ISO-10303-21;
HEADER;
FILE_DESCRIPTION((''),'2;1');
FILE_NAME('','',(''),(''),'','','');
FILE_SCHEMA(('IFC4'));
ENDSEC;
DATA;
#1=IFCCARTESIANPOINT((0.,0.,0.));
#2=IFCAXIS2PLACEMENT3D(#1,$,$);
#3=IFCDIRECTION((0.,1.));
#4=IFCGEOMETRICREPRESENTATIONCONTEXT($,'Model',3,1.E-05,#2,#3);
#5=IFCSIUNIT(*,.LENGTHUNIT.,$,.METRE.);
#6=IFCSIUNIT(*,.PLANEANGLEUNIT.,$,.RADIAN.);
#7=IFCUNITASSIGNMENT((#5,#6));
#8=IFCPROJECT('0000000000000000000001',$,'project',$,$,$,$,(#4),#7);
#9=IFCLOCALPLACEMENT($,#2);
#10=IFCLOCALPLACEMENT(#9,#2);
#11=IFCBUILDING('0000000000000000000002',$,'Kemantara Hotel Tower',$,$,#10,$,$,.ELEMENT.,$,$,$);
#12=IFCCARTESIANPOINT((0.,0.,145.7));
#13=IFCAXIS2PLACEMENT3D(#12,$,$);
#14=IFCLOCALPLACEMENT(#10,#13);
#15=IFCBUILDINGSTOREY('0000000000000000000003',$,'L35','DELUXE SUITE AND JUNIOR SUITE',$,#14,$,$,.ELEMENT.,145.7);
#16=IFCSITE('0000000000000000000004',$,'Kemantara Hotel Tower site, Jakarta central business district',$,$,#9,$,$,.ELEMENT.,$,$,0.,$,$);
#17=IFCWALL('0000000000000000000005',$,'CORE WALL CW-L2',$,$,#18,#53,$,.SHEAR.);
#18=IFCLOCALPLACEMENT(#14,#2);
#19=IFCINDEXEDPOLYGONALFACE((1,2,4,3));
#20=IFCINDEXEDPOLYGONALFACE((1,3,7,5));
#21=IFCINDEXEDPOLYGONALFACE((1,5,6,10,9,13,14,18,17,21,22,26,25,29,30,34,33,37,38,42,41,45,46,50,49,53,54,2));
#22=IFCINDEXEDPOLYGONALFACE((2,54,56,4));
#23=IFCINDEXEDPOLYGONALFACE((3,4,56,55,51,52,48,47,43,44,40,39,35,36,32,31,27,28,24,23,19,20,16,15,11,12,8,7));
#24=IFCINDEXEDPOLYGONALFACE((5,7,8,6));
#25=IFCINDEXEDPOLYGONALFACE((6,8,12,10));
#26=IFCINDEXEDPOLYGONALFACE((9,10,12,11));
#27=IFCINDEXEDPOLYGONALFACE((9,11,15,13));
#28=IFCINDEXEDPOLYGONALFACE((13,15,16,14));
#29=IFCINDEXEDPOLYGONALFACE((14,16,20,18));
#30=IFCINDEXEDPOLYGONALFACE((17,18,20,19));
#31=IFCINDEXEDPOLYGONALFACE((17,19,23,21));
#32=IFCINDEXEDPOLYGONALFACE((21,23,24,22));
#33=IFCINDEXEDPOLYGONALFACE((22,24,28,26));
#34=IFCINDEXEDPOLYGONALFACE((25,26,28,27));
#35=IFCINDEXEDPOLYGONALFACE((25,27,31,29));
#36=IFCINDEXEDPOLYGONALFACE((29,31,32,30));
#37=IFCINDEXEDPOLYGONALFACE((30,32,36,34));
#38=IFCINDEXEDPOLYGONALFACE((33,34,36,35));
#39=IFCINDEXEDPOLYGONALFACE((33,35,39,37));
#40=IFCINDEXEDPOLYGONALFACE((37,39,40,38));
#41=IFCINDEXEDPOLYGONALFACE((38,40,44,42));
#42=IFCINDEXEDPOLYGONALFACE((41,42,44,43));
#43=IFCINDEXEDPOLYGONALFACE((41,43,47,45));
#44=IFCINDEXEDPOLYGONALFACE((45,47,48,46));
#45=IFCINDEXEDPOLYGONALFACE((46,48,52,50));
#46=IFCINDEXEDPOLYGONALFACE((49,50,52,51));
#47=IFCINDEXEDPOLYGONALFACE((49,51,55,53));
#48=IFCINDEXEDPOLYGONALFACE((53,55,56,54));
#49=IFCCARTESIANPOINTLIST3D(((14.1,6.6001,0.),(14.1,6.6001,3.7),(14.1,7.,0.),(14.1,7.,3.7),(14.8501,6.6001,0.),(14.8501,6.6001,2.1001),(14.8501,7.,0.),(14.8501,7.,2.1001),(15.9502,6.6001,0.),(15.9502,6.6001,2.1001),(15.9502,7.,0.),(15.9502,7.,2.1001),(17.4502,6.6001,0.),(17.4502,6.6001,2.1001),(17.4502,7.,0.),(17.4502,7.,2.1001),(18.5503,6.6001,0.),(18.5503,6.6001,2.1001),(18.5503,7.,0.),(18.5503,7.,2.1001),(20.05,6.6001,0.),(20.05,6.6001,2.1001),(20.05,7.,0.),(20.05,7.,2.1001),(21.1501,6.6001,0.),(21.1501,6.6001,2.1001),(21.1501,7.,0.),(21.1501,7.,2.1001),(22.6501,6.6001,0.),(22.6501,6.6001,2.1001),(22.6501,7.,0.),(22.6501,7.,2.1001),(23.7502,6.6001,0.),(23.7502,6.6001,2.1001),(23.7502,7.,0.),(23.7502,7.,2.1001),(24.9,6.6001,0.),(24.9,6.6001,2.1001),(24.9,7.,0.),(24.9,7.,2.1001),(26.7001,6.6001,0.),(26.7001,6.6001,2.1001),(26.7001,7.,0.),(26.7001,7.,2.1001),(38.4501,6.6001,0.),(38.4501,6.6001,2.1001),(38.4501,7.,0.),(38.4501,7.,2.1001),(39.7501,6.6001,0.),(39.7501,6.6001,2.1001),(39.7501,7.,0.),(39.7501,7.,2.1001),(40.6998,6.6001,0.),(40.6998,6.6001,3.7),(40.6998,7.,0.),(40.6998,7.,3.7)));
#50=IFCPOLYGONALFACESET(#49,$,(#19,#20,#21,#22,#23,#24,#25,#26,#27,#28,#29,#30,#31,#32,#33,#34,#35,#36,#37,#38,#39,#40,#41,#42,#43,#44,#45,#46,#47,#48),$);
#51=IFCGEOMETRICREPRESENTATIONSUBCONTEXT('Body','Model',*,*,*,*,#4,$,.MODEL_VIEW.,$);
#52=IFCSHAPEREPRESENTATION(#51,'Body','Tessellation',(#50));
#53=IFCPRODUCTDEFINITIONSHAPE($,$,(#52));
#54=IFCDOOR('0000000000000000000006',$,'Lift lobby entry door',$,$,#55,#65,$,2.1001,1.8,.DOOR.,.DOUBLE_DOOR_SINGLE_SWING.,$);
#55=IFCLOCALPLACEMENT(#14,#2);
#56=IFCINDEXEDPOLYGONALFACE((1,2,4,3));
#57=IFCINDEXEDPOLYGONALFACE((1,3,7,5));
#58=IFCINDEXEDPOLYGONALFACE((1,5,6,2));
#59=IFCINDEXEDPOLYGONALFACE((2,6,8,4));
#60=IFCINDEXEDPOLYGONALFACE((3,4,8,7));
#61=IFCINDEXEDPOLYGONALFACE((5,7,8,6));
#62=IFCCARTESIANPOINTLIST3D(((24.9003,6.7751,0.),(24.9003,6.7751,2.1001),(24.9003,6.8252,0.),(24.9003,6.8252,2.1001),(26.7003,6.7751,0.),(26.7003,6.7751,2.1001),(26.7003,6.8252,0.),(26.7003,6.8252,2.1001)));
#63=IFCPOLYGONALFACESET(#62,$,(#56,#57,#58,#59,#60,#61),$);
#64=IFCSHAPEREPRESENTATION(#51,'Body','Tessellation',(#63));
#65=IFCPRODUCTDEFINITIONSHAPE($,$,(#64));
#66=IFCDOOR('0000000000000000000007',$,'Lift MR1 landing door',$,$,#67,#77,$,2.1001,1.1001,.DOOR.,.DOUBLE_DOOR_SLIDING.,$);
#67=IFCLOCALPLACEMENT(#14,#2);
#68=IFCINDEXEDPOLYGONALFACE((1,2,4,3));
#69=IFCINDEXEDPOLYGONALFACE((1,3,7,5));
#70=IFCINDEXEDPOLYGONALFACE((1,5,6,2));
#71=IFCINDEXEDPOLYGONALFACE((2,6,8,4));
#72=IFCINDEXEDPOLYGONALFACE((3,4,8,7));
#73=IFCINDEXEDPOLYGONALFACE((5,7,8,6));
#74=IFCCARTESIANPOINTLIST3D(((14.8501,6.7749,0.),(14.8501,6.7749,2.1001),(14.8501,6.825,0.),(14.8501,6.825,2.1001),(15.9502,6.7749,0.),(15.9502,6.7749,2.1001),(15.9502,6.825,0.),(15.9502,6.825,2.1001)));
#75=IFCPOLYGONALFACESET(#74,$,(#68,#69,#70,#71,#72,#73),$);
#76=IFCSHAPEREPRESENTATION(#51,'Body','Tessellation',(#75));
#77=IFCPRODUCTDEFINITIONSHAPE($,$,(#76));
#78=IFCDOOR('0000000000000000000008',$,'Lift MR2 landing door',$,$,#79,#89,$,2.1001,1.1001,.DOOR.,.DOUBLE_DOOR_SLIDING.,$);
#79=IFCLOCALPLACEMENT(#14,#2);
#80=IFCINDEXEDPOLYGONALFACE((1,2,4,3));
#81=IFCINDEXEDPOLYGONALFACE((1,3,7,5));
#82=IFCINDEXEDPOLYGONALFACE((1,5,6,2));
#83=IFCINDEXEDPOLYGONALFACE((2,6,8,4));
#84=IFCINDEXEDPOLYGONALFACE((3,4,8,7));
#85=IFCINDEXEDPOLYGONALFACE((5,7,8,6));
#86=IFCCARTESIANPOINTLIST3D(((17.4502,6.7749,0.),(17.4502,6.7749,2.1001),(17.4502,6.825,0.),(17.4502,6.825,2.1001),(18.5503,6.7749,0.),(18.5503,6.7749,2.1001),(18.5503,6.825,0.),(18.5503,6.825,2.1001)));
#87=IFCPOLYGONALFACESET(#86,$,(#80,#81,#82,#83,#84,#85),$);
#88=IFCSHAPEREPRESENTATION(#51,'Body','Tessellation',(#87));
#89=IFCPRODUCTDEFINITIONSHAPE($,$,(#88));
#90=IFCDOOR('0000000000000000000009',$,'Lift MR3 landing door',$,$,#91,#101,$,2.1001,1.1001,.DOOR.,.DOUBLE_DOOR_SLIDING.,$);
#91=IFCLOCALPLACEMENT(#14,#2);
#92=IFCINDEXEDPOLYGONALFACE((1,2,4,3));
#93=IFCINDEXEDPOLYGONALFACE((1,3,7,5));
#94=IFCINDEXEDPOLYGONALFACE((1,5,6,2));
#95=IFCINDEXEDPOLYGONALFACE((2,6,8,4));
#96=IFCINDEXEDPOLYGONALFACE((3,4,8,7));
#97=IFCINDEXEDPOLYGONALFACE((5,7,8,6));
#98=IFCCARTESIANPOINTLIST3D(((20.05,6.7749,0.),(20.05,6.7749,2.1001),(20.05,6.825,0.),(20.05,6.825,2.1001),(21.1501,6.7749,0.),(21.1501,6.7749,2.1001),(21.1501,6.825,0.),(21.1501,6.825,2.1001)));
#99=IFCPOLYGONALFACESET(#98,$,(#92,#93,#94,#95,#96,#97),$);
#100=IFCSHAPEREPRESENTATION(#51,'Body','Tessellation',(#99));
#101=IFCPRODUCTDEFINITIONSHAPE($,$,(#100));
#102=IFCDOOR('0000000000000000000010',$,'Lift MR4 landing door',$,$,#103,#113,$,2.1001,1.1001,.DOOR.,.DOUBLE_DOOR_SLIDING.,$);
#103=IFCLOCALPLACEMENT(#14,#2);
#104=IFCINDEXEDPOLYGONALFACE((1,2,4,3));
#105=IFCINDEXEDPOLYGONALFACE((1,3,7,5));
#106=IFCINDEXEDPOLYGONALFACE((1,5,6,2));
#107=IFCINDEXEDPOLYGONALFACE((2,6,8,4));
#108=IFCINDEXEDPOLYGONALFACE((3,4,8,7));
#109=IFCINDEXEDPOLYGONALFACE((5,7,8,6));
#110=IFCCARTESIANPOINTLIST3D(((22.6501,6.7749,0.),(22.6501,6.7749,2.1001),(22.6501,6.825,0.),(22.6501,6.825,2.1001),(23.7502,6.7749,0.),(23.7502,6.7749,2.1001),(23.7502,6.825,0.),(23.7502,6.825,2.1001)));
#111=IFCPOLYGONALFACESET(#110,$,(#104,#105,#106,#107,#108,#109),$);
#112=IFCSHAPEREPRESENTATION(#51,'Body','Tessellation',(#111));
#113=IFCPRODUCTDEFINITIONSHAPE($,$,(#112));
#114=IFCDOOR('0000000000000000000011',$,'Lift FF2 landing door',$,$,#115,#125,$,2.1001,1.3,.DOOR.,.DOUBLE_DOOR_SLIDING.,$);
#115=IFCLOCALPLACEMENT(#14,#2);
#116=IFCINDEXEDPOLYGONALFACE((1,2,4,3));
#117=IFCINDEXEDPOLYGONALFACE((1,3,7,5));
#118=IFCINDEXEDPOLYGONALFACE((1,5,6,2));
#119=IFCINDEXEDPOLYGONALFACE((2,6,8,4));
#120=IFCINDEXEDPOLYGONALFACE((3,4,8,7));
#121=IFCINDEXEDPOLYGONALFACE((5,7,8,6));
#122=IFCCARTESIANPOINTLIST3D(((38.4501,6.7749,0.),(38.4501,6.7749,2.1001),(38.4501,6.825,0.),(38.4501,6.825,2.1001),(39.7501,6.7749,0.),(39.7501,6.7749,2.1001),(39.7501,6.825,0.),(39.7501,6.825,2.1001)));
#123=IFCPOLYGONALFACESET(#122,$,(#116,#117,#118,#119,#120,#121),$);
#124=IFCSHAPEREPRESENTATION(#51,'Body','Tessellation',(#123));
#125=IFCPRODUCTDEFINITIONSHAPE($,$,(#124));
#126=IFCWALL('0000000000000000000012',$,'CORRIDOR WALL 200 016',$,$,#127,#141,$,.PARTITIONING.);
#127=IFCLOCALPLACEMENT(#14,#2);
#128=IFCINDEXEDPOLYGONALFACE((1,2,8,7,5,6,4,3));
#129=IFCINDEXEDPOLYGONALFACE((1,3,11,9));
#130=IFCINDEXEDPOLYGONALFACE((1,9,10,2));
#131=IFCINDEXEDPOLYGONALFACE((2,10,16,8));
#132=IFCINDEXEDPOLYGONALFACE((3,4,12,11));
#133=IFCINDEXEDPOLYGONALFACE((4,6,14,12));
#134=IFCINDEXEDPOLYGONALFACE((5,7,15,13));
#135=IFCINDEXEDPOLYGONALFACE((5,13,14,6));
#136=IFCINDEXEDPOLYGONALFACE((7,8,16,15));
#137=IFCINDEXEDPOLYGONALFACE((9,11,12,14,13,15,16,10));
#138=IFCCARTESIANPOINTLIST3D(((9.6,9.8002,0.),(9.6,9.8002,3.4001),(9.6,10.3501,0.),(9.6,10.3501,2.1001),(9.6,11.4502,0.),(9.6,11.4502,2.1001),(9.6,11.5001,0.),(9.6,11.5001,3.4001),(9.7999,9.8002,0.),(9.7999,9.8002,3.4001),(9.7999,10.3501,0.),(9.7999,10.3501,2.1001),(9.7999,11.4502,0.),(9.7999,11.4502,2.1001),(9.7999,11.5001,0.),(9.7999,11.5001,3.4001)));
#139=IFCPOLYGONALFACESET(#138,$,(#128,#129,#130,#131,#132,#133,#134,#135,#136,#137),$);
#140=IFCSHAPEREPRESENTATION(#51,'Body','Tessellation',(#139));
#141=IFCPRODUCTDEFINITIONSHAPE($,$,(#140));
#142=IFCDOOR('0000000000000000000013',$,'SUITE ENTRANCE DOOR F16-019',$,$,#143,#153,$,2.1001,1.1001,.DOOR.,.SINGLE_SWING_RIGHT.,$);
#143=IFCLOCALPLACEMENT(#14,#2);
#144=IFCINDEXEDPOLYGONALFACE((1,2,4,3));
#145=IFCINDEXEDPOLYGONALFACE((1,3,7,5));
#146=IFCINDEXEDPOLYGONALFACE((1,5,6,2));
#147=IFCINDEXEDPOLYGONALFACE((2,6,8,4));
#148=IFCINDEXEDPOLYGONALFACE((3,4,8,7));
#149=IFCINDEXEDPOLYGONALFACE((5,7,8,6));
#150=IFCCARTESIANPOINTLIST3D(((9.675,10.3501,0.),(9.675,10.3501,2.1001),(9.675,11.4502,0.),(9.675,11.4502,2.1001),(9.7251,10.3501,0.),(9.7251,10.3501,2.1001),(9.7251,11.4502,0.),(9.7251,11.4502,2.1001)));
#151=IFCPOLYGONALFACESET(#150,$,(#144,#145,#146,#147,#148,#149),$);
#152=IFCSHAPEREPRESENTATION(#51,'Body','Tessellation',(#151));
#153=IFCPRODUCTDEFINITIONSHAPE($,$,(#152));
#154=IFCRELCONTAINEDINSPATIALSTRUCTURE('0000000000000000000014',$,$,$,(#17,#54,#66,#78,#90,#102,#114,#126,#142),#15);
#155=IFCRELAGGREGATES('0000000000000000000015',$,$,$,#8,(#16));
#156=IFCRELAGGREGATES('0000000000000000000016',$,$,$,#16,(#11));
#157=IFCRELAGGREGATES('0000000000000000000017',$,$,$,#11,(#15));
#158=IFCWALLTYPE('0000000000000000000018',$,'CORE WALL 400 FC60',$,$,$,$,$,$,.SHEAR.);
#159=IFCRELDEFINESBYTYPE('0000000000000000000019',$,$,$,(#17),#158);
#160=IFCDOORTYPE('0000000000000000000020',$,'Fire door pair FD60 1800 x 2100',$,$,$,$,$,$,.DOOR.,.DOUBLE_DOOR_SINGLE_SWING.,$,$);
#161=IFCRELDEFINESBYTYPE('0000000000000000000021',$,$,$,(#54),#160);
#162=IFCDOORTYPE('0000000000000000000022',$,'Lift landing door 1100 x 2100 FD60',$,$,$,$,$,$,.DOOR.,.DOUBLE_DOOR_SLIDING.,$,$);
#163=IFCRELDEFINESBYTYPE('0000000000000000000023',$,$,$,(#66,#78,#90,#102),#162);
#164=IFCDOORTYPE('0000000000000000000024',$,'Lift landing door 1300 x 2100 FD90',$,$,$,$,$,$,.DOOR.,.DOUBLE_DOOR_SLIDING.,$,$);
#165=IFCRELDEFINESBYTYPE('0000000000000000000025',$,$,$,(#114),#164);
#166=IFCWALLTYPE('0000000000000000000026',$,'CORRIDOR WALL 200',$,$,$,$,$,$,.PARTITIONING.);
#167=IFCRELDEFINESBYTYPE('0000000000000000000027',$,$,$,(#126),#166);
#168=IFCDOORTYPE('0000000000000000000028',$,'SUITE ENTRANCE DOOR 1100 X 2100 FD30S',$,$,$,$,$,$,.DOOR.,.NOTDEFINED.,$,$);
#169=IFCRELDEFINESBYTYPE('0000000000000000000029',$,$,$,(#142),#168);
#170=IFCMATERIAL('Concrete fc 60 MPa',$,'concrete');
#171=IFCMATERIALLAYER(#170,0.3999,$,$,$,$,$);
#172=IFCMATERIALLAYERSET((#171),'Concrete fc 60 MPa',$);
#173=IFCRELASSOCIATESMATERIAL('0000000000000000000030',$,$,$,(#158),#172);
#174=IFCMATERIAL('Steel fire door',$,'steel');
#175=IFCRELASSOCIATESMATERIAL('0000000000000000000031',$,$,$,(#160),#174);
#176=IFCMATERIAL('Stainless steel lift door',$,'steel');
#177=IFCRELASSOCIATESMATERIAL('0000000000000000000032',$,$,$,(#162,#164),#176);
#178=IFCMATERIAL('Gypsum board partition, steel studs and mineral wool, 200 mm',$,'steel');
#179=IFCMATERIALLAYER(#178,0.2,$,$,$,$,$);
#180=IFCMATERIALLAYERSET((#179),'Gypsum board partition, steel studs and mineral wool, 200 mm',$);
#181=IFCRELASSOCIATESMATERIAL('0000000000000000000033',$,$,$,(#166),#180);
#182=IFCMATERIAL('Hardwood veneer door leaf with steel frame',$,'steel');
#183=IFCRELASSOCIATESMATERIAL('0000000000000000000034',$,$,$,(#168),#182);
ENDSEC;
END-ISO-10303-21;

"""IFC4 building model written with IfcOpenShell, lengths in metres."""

from ifc_helpers import new_model, si_unit, direction, frame, frame_2d, origin, place, context, subcontext, project, spatial, rectangle, extrude, material, layer, layer_set, type_object, element, fill, save


model = new_model("IFC4")

# Units and contexts
model_context = context("Model", 3, precision=1e-05, world=origin(), true_north=direction((0.0, 1.0)))
body_context = subcontext(model_context, "Body", "Model", "MODEL_VIEW")
ifc_project = project(units=[si_unit("LENGTHUNIT", "METRE"), si_unit("PLANEANGLEUNIT", "RADIAN")], contexts=[model_context])

# Site, building, storey
site_placement = place(None, origin())
site = spatial("IfcSite", under=ifc_project, at=site_placement, Name="Kemantara Hotel Tower site, Jakarta central business district", CompositionType="ELEMENT", RefElevation=0.0)
building_placement = place(site_placement, origin())
building = spatial("IfcBuilding", under=site, at=building_placement, Name="Kemantara Hotel Tower", CompositionType="ELEMENT")
storey_placement = place(building_placement, frame((0.0, 0.0, 145.7)))
storey = spatial("IfcBuildingStorey", under=building, at=storey_placement, Name="L35", Description="DELUXE SUITE AND JUNIOR SUITE", CompositionType="ELEMENT", Elevation=145.7)

# Shared definitions
ifc_material_1 = material(Name="Concrete fc 60 MPa", Category="concrete")

# Shared definitions
ifc_layer_1 = layer(ifc_material_1, 0.3999)
ifc_layer_set_1 = layer_set([ifc_layer_1], Name="Concrete fc 60 MPa")
wall_type_1 = type_object("IfcWallType", Name="CORE WALL 400 FC60", PredefinedType="SHEAR", material=ifc_layer_set_1)
ifc_material_2 = material(Name="Steel fire door", Category="steel")

# Wall, openings, doors
wall_1_placement = place(storey_placement, frame((14.1001, 6.8, 0.0), z_axis=(0.0, 0.0, 1.0), x_axis=(1.0, 0.0, 0.0)))
wall_1 = element("IfcWall", 1, at=wall_1_placement, inside=storey, type_object=wall_type_1, Name="CORE WALL CW-L2", PredefinedType="SHEAR", context=body_context, shape_type="SweptSolid", body=[
    extrude(rectangle(XDim=26.5999, YDim=0.3999, at=frame_2d((13.2998, 0.0))), origin(), (0.0, 0.0, 1.0), 3.7),
])
opening_1_placement = place(wall_1_placement, frame((10.8, 0.0, 0.0)))
opening_1 = element("IfcOpeningElement", 2, at=opening_1_placement, cuts=wall_1, PredefinedType="OPENING", context=body_context, shape_type="SweptSolid", body=[
    extrude(rectangle(XDim=1.8, YDim=2.1001, at=frame_2d((0.8999, 1.05))), frame((0.0, 0.21, 0.0), z_axis=(0.0, -1.0, 0.0), x_axis=(1.0, 0.0, 0.0)), (0.0, 0.0, 1.0), 0.4199),
])
opening_2_placement = place(wall_1_placement, frame((0.75, 0.0, 0.0)))
opening_2 = element("IfcOpeningElement", 3, at=opening_2_placement, cuts=wall_1, PredefinedType="OPENING", context=body_context, shape_type="SweptSolid", body=[
    extrude(rectangle(XDim=1.1001, YDim=2.1001, at=frame_2d((0.55, 1.05))), frame((0.0, 0.21, 0.0), z_axis=(0.0, -1.0, 0.0), x_axis=(1.0, 0.0, 0.0)), (0.0, 0.0, 1.0), 0.4199),
])
opening_3_placement = place(wall_1_placement, frame((3.3501, 0.0, 0.0)))
opening_3 = element("IfcOpeningElement", 4, at=opening_3_placement, cuts=wall_1, PredefinedType="OPENING", context=body_context, shape_type="SweptSolid", body=[
    extrude(rectangle(XDim=1.1001, YDim=2.1001, at=frame_2d((0.55, 1.05))), frame((0.0, 0.21, 0.0), z_axis=(0.0, -1.0, 0.0), x_axis=(1.0, 0.0, 0.0)), (0.0, 0.0, 1.0), 0.4199),
])
opening_4_placement = place(wall_1_placement, frame((5.95, 0.0, 0.0)))
opening_4 = element("IfcOpeningElement", 5, at=opening_4_placement, cuts=wall_1, PredefinedType="OPENING", context=body_context, shape_type="SweptSolid", body=[
    extrude(rectangle(XDim=1.1001, YDim=2.1001, at=frame_2d((0.55, 1.05))), frame((0.0, 0.21, 0.0), z_axis=(0.0, -1.0, 0.0), x_axis=(1.0, 0.0, 0.0)), (0.0, 0.0, 1.0), 0.4199),
])
opening_5_placement = place(wall_1_placement, frame((8.55, 0.0, 0.0)))
opening_5 = element("IfcOpeningElement", 6, at=opening_5_placement, cuts=wall_1, PredefinedType="OPENING", context=body_context, shape_type="SweptSolid", body=[
    extrude(rectangle(XDim=1.1001, YDim=2.1001, at=frame_2d((0.55, 1.05))), frame((0.0, 0.21, 0.0), z_axis=(0.0, -1.0, 0.0), x_axis=(1.0, 0.0, 0.0)), (0.0, 0.0, 1.0), 0.4199),
])
opening_6_placement = place(wall_1_placement, frame((24.3501, 0.0, 0.0)))
opening_6 = element("IfcOpeningElement", 7, at=opening_6_placement, cuts=wall_1, PredefinedType="OPENING", context=body_context, shape_type="SweptSolid", body=[
    extrude(rectangle(XDim=1.3, YDim=2.1001, at=frame_2d((0.6499, 1.05))), frame((0.0, 0.21, 0.0), z_axis=(0.0, -1.0, 0.0), x_axis=(1.0, 0.0, 0.0)), (0.0, 0.0, 1.0), 0.4199),
])
door_type_1 = type_object("IfcDoorType", Name="Fire door pair FD60 1800 x 2100", OperationType="DOUBLE_DOOR_SINGLE_SWING", PredefinedType="DOOR", material=ifc_material_2)
door_1_placement = place(opening_1_placement, frame((1.8, 0.0, 0.0), z_axis=(0.0, 0.0, 1.0), x_axis=(-1.0, 0.0, 0.0)))
door_1 = element("IfcDoor", 8, at=door_1_placement, inside=storey, type_object=door_type_1, Name="Lift lobby entry door", OperationType="DOUBLE_DOOR_SINGLE_SWING", OverallHeight=2.1001, OverallWidth=1.8, PredefinedType="DOOR", context=body_context, shape_type="SweptSolid", body=[
    extrude(rectangle(XDim=1.8, YDim=2.1001, at=frame_2d((0.8999, 1.05))), frame((0.0, 0.0249, 0.0), z_axis=(0.0, -1.0, 0.0), x_axis=(1.0, 0.0, 0.0)), (0.0, 0.0, 1.0), 0.05),
])
fill(opening_1, door_1)
ifc_material_3 = material(Name="Stainless steel lift door", Category="steel")
door_type_2 = type_object("IfcDoorType", Name="Lift landing door 1100 x 2100 FD60", OperationType="DOUBLE_DOOR_SLIDING", PredefinedType="DOOR", material=ifc_material_3)
door_2_placement = place(opening_2_placement, origin())
door_2 = element("IfcDoor", 9, at=door_2_placement, inside=storey, type_object=door_type_2, Name="Lift MR1 landing door", OperationType="DOUBLE_DOOR_SLIDING", OverallHeight=2.1001, OverallWidth=1.1001, PredefinedType="DOOR", context=body_context, shape_type="SweptSolid", body=[
    extrude(rectangle(XDim=1.1001, YDim=2.1001, at=frame_2d((0.55, 1.05))), frame((0.0, 0.0249, 0.0), z_axis=(0.0, -1.0, 0.0), x_axis=(1.0, 0.0, 0.0)), (0.0, 0.0, 1.0), 0.05),
])
fill(opening_2, door_2)
door_3_placement = place(opening_3_placement, origin())
door_3 = element("IfcDoor", 10, at=door_3_placement, inside=storey, type_object=door_type_2, Name="Lift MR2 landing door", OperationType="DOUBLE_DOOR_SLIDING", OverallHeight=2.1001, OverallWidth=1.1001, PredefinedType="DOOR", context=body_context, shape_type="SweptSolid", body=[
    extrude(rectangle(XDim=1.1001, YDim=2.1001, at=frame_2d((0.55, 1.05))), frame((0.0, 0.0249, 0.0), z_axis=(0.0, -1.0, 0.0), x_axis=(1.0, 0.0, 0.0)), (0.0, 0.0, 1.0), 0.05),
])
fill(opening_3, door_3)
door_4_placement = place(opening_4_placement, origin())
door_4 = element("IfcDoor", 11, at=door_4_placement, inside=storey, type_object=door_type_2, Name="Lift MR3 landing door", OperationType="DOUBLE_DOOR_SLIDING", OverallHeight=2.1001, OverallWidth=1.1001, PredefinedType="DOOR", context=body_context, shape_type="SweptSolid", body=[
    extrude(rectangle(XDim=1.1001, YDim=2.1001, at=frame_2d((0.55, 1.05))), frame((0.0, 0.0249, 0.0), z_axis=(0.0, -1.0, 0.0), x_axis=(1.0, 0.0, 0.0)), (0.0, 0.0, 1.0), 0.05),
])
fill(opening_4, door_4)
door_5_placement = place(opening_5_placement, origin())
door_5 = element("IfcDoor", 12, at=door_5_placement, inside=storey, type_object=door_type_2, Name="Lift MR4 landing door", OperationType="DOUBLE_DOOR_SLIDING", OverallHeight=2.1001, OverallWidth=1.1001, PredefinedType="DOOR", context=body_context, shape_type="SweptSolid", body=[
    extrude(rectangle(XDim=1.1001, YDim=2.1001, at=frame_2d((0.55, 1.05))), frame((0.0, 0.0249, 0.0), z_axis=(0.0, -1.0, 0.0), x_axis=(1.0, 0.0, 0.0)), (0.0, 0.0, 1.0), 0.05),
])
fill(opening_5, door_5)
door_type_3 = type_object("IfcDoorType", Name="Lift landing door 1300 x 2100 FD90", OperationType="DOUBLE_DOOR_SLIDING", PredefinedType="DOOR", material=ifc_material_3)
door_6_placement = place(opening_6_placement, origin())
door_6 = element("IfcDoor", 13, at=door_6_placement, inside=storey, type_object=door_type_3, Name="Lift FF2 landing door", OperationType="DOUBLE_DOOR_SLIDING", OverallHeight=2.1001, OverallWidth=1.3, PredefinedType="DOOR", context=body_context, shape_type="SweptSolid", body=[
    extrude(rectangle(XDim=1.3, YDim=2.1001, at=frame_2d((0.6499, 1.05))), frame((0.0, 0.0249, 0.0), z_axis=(0.0, -1.0, 0.0), x_axis=(1.0, 0.0, 0.0)), (0.0, 0.0, 1.0), 0.05),
])
fill(opening_6, door_6)

# Wall, opening, door
ifc_material_4 = material(Name="Gypsum board partition, steel studs and mineral wool, 200 mm", Category="steel")
ifc_layer_2 = layer(ifc_material_4, 0.2)
ifc_layer_set_2 = layer_set([ifc_layer_2], Name="Gypsum board partition, steel studs and mineral wool, 200 mm")
wall_type_2 = type_object("IfcWallType", Name="CORRIDOR WALL 200", PredefinedType="PARTITIONING", material=ifc_layer_set_2)
wall_2_placement = place(storey_placement, frame((9.7, 9.8, 0.0), z_axis=(0.0, 0.0, 1.0), x_axis=(0.0, 1.0, 0.0)))
wall_2 = element("IfcWall", 14, at=wall_2_placement, inside=storey, type_object=wall_type_2, Name="CORRIDOR WALL 200 016", PredefinedType="PARTITIONING", context=body_context, shape_type="SweptSolid", body=[
    extrude(rectangle(XDim=1.7, YDim=0.2, at=frame_2d((0.8501, 0.0))), origin(), (0.0, 0.0, 1.0), 3.4001),
])
opening_7_placement = place(wall_2_placement, frame((0.55, 0.0, 0.0)))
opening_7 = element("IfcOpeningElement", 15, at=opening_7_placement, cuts=wall_2, PredefinedType="OPENING", context=body_context, shape_type="SweptSolid", body=[
    extrude(rectangle(XDim=1.1001, YDim=2.1001, at=frame_2d((0.55, 1.05))), frame((0.0, 0.1099, 0.0), z_axis=(0.0, -1.0, 0.0), x_axis=(1.0, 0.0, 0.0)), (0.0, 0.0, 1.0), 0.22),
])
ifc_material_5 = material(Name="Hardwood veneer door leaf with steel frame", Category="steel")
door_type_4 = type_object("IfcDoorType", Name="SUITE ENTRANCE DOOR 1100 X 2100 FD30S", OperationType="NOTDEFINED", PredefinedType="DOOR", material=ifc_material_5)
door_7_placement = place(opening_7_placement, origin())
door_7 = element("IfcDoor", 16, at=door_7_placement, inside=storey, type_object=door_type_4, Name="SUITE ENTRANCE DOOR F16-019", OperationType="SINGLE_SWING_RIGHT", OverallHeight=2.1001, OverallWidth=1.1001, PredefinedType="DOOR", context=body_context, shape_type="SweptSolid", body=[
    extrude(rectangle(XDim=1.1001, YDim=2.1001, at=frame_2d((0.55, 1.05))), frame((0.0, 0.0249, 0.0), z_axis=(0.0, -1.0, 0.0), x_axis=(1.0, 0.0, 0.0)), (0.0, 0.0, 1.0), 0.05),
])
fill(opening_7, door_7)

save(model, "model.ifc")
